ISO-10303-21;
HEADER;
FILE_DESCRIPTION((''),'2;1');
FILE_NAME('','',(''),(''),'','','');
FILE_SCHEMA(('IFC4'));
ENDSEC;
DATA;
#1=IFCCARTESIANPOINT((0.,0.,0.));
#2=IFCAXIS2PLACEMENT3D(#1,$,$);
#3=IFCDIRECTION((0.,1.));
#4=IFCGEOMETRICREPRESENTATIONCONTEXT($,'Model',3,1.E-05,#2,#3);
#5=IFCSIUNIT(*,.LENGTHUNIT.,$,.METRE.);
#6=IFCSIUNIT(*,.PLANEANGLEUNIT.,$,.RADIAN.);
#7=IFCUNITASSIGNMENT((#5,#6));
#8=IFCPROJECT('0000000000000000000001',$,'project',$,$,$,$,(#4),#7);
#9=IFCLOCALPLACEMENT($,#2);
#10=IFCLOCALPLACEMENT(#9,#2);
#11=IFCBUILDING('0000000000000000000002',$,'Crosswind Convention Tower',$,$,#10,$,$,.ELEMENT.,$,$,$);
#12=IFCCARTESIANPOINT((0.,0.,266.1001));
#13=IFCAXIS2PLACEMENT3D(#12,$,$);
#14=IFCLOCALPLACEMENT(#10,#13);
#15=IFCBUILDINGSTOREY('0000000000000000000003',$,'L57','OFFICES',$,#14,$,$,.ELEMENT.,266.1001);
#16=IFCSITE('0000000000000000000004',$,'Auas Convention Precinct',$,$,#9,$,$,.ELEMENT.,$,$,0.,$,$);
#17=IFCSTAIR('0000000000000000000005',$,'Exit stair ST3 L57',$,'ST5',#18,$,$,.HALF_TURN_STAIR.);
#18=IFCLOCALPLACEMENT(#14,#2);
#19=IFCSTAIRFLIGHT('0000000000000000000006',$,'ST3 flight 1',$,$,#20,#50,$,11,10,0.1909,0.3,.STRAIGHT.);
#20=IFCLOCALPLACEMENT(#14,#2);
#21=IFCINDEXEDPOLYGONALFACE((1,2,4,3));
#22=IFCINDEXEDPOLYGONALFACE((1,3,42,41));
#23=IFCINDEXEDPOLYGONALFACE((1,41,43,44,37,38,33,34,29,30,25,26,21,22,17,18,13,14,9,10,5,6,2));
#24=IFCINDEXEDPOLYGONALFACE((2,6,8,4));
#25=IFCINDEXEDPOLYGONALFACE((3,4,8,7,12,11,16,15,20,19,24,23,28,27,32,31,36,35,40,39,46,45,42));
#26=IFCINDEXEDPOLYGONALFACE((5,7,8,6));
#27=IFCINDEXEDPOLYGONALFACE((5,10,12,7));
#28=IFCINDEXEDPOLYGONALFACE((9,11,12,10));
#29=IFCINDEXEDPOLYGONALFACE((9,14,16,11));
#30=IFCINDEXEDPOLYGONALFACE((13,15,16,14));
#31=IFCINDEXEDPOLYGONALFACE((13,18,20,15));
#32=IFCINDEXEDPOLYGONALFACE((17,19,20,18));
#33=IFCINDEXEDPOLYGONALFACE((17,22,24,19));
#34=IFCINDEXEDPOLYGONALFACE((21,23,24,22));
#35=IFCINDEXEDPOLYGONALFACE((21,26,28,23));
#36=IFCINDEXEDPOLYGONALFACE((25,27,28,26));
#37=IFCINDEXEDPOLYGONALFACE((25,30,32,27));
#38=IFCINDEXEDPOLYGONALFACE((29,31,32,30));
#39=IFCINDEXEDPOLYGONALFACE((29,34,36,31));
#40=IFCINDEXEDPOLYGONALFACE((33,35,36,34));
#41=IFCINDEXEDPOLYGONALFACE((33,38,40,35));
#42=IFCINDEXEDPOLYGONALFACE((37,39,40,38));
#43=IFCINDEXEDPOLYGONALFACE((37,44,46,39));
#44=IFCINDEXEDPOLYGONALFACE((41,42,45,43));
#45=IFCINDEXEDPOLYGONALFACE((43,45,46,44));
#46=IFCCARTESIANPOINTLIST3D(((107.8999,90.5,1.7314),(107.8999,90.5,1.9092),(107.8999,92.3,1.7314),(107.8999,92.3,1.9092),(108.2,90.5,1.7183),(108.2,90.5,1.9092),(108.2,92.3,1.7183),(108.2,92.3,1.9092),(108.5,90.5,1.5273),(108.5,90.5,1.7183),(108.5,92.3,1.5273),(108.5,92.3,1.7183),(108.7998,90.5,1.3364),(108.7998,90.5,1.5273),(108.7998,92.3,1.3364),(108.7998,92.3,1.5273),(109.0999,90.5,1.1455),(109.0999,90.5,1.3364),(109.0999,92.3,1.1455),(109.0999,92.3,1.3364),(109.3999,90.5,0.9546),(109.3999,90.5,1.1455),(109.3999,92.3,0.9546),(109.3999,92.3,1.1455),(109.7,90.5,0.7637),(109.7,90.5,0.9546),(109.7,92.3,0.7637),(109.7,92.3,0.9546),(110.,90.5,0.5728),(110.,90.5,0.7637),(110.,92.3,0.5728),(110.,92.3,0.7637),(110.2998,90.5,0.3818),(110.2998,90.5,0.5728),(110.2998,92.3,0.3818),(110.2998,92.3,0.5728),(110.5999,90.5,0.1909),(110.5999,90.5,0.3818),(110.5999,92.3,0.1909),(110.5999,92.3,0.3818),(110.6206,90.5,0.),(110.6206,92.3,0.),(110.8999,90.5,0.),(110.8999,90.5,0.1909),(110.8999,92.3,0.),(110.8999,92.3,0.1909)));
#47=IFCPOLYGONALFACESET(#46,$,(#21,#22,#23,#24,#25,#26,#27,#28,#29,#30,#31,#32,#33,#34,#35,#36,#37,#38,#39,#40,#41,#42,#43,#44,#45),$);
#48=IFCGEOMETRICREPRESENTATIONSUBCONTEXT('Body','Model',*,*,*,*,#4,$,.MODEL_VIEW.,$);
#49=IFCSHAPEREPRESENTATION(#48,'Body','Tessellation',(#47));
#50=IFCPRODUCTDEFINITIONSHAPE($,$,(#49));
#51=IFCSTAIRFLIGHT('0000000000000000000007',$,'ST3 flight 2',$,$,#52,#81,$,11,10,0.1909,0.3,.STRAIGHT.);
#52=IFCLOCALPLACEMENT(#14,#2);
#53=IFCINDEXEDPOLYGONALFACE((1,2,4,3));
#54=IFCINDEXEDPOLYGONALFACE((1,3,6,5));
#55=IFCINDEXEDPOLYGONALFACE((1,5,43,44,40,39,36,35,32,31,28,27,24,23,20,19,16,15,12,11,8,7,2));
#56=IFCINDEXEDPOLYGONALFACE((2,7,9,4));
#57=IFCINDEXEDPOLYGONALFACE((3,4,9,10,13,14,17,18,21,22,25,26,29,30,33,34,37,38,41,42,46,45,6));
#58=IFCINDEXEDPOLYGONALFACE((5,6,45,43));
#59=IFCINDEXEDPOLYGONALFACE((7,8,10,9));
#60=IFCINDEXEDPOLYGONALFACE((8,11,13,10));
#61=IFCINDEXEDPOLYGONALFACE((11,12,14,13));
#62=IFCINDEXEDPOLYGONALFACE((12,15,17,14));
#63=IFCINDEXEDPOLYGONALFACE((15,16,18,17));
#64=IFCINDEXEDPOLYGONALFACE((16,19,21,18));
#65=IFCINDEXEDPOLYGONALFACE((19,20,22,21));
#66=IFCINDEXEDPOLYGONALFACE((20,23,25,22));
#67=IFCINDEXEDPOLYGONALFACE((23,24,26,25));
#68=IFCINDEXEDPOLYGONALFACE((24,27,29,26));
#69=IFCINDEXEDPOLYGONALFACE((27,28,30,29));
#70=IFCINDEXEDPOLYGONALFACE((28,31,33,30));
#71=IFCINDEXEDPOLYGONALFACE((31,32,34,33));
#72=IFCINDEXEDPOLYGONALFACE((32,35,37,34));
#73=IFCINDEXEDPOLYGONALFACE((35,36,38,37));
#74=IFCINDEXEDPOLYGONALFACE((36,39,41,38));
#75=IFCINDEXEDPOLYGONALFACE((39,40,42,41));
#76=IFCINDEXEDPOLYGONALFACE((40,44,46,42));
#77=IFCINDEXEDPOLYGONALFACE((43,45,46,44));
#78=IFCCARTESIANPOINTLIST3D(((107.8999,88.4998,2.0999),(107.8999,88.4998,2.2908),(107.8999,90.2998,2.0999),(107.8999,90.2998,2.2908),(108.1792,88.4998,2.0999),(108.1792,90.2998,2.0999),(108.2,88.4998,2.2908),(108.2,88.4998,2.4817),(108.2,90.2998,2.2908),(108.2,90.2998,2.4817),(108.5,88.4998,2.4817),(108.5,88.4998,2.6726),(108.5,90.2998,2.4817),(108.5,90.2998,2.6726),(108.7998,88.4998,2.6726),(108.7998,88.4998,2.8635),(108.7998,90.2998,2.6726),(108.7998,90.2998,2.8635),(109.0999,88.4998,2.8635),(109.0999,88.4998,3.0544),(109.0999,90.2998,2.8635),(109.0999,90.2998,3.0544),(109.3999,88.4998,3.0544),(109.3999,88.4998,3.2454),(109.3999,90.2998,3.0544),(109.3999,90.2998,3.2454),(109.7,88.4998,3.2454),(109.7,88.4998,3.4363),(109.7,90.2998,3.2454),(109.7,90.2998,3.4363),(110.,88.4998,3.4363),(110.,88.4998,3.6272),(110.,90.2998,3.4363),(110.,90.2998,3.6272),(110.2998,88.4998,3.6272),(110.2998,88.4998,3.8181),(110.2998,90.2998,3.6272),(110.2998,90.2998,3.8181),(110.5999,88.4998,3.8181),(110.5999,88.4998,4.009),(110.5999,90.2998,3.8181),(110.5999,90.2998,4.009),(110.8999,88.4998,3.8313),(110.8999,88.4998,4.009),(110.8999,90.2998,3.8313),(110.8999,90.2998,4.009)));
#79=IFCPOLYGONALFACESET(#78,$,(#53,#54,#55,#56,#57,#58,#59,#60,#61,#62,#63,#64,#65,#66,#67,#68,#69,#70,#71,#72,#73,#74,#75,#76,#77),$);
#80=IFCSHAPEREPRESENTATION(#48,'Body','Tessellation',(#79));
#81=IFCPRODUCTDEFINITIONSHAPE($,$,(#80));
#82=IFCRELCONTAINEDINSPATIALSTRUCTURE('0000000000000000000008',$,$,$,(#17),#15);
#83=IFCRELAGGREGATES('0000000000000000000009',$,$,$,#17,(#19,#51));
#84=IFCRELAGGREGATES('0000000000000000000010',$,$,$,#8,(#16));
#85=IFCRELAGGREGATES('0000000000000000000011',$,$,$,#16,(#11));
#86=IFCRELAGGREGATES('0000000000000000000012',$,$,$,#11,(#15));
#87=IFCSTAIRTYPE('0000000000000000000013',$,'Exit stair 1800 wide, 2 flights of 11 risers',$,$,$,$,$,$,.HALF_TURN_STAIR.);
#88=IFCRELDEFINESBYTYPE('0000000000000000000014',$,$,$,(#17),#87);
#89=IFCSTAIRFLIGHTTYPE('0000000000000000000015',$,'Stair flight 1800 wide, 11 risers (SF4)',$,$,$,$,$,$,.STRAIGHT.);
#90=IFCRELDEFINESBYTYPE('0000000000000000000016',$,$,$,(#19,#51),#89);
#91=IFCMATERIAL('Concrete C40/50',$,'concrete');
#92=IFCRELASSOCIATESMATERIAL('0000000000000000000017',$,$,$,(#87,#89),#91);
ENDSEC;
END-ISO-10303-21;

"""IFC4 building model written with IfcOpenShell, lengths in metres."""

from ifc_helpers import new_model, si_unit, direction, frame, origin, place, context, subcontext, project, spatial, polyline, outline, extrude, material, type_object, element, aggregate, save


model = new_model("IFC4")

# Units and contexts
model_context = context("Model", 3, precision=1e-05, world=origin(), true_north=direction((0.0, 1.0)))
body_context = subcontext(model_context, "Body", "Model", "MODEL_VIEW")
ifc_project = project(units=[si_unit("LENGTHUNIT", "METRE"), si_unit("PLANEANGLEUNIT", "RADIAN")], contexts=[model_context])

# Site, building, storey
site_placement = place(None, origin())
site = spatial("IfcSite", under=ifc_project, at=site_placement, Name="Auas Convention Precinct", CompositionType="ELEMENT", RefElevation=0.0)
building_placement = place(site_placement, origin())
building = spatial("IfcBuilding", under=site, at=building_placement, Name="Crosswind Convention Tower", CompositionType="ELEMENT")
storey_placement = place(building_placement, frame((0.0, 0.0, 266.1001)))
storey = spatial("IfcBuildingStorey", under=building, at=storey_placement, Name="L57", Description="OFFICES", CompositionType="ELEMENT", Elevation=266.1001)

# Shared definitions
ifc_material_1 = material(Name="Concrete C40/50", Category="concrete")

# Stair
stair_type = type_object("IfcStairType", Name="Exit stair 1800 wide, 2 flights of 11 risers", PredefinedType="HALF_TURN_STAIR", material=ifc_material_1)
stair_1_placement = place(storey_placement, origin())
stair_1 = element("IfcStair", 1, at=stair_1_placement, inside=storey, type_object=stair_type, Name="Exit stair ST3 L57", ObjectType="ST5", PredefinedType="HALF_TURN_STAIR")

# Stair flights
stair_flight_type = type_object("IfcStairFlightType", Name="Stair flight 1800 wide, 11 risers (SF4)", PredefinedType="STRAIGHT", material=ifc_material_1)
stair_flight_1_placement = place(storey_placement, frame((110.8999, 91.3999, 0.0), z_axis=(0.0, 0.0, 1.0), x_axis=(-1.0, 0.0, 0.0)))
stair_flight_1 = element("IfcStairFlight", 2, at=stair_flight_1_placement, type_object=stair_flight_type, Name="ST3 flight 1", NumberOfRisers=11, NumberOfTreads=10, PredefinedType="STRAIGHT", RiserHeight=0.1909, TreadLength=0.3, context=body_context, shape_type="SweptSolid", body=[
    extrude(outline(polyline([(0.0, 0.0), (0.0, 0.1909), (0.3, 0.1909), (0.3, 0.3818), (0.6001, 0.3818), (0.6001, 0.5728), (0.8999, 0.5728), (0.8999, 0.7637), (1.2, 0.7637), (1.2, 0.9546), (1.5, 0.9546), (1.5, 1.1455), (1.8, 1.1455), (1.8, 1.3364), (2.1001, 1.3364), (2.1001, 1.5273), (2.3999, 1.5273), (2.3999, 1.7183), (2.7, 1.7183), (2.7, 1.9092), (3.0, 1.9092), (3.0, 2.1001), (3.0, 1.7314), (0.2793, 0.0), (0.0, 0.0)])), frame((0.0, 0.8999, 0.0), z_axis=(0.0, -1.0, 0.0), x_axis=(1.0, 0.0, 0.0)), (0.0, 0.0, 1.0), 1.8),
])
stair_flight_2_placement = place(storey_placement, frame((107.8999, 89.3999, 2.0999), z_axis=(0.0, 0.0, 1.0), x_axis=(1.0, 0.0, 0.0)))
stair_flight_2 = element("IfcStairFlight", 3, at=stair_flight_2_placement, type_object=stair_flight_type, Name="ST3 flight 2", NumberOfRisers=11, NumberOfTreads=10, PredefinedType="STRAIGHT", RiserHeight=0.1909, TreadLength=0.3, context=body_context, shape_type="SweptSolid", body=[
    extrude(outline(polyline([(0.0, 0.0), (0.0, 0.1909), (0.3, 0.1909), (0.3, 0.3818), (0.6001, 0.3818), (0.6001, 0.5728), (0.8999, 0.5728), (0.8999, 0.7637), (1.2, 0.7637), (1.2, 0.9546), (1.5, 0.9546), (1.5, 1.1455), (1.8, 1.1455), (1.8, 1.3364), (2.1001, 1.3364), (2.1001, 1.5273), (2.3999, 1.5273), (2.3999, 1.7183), (2.7, 1.7183), (2.7, 1.9092), (3.0, 1.9092), (3.0, 2.1001), (3.0, 1.7314), (0.2793, 0.0), (0.0, 0.0)])), frame((0.0, 0.8999, 0.0), z_axis=(0.0, -1.0, 0.0), x_axis=(1.0, 0.0, 0.0)), (0.0, 0.0, 1.0), 1.8),
])
aggregate(stair_1, [stair_flight_1, stair_flight_2])

save(model, "model.ifc")
